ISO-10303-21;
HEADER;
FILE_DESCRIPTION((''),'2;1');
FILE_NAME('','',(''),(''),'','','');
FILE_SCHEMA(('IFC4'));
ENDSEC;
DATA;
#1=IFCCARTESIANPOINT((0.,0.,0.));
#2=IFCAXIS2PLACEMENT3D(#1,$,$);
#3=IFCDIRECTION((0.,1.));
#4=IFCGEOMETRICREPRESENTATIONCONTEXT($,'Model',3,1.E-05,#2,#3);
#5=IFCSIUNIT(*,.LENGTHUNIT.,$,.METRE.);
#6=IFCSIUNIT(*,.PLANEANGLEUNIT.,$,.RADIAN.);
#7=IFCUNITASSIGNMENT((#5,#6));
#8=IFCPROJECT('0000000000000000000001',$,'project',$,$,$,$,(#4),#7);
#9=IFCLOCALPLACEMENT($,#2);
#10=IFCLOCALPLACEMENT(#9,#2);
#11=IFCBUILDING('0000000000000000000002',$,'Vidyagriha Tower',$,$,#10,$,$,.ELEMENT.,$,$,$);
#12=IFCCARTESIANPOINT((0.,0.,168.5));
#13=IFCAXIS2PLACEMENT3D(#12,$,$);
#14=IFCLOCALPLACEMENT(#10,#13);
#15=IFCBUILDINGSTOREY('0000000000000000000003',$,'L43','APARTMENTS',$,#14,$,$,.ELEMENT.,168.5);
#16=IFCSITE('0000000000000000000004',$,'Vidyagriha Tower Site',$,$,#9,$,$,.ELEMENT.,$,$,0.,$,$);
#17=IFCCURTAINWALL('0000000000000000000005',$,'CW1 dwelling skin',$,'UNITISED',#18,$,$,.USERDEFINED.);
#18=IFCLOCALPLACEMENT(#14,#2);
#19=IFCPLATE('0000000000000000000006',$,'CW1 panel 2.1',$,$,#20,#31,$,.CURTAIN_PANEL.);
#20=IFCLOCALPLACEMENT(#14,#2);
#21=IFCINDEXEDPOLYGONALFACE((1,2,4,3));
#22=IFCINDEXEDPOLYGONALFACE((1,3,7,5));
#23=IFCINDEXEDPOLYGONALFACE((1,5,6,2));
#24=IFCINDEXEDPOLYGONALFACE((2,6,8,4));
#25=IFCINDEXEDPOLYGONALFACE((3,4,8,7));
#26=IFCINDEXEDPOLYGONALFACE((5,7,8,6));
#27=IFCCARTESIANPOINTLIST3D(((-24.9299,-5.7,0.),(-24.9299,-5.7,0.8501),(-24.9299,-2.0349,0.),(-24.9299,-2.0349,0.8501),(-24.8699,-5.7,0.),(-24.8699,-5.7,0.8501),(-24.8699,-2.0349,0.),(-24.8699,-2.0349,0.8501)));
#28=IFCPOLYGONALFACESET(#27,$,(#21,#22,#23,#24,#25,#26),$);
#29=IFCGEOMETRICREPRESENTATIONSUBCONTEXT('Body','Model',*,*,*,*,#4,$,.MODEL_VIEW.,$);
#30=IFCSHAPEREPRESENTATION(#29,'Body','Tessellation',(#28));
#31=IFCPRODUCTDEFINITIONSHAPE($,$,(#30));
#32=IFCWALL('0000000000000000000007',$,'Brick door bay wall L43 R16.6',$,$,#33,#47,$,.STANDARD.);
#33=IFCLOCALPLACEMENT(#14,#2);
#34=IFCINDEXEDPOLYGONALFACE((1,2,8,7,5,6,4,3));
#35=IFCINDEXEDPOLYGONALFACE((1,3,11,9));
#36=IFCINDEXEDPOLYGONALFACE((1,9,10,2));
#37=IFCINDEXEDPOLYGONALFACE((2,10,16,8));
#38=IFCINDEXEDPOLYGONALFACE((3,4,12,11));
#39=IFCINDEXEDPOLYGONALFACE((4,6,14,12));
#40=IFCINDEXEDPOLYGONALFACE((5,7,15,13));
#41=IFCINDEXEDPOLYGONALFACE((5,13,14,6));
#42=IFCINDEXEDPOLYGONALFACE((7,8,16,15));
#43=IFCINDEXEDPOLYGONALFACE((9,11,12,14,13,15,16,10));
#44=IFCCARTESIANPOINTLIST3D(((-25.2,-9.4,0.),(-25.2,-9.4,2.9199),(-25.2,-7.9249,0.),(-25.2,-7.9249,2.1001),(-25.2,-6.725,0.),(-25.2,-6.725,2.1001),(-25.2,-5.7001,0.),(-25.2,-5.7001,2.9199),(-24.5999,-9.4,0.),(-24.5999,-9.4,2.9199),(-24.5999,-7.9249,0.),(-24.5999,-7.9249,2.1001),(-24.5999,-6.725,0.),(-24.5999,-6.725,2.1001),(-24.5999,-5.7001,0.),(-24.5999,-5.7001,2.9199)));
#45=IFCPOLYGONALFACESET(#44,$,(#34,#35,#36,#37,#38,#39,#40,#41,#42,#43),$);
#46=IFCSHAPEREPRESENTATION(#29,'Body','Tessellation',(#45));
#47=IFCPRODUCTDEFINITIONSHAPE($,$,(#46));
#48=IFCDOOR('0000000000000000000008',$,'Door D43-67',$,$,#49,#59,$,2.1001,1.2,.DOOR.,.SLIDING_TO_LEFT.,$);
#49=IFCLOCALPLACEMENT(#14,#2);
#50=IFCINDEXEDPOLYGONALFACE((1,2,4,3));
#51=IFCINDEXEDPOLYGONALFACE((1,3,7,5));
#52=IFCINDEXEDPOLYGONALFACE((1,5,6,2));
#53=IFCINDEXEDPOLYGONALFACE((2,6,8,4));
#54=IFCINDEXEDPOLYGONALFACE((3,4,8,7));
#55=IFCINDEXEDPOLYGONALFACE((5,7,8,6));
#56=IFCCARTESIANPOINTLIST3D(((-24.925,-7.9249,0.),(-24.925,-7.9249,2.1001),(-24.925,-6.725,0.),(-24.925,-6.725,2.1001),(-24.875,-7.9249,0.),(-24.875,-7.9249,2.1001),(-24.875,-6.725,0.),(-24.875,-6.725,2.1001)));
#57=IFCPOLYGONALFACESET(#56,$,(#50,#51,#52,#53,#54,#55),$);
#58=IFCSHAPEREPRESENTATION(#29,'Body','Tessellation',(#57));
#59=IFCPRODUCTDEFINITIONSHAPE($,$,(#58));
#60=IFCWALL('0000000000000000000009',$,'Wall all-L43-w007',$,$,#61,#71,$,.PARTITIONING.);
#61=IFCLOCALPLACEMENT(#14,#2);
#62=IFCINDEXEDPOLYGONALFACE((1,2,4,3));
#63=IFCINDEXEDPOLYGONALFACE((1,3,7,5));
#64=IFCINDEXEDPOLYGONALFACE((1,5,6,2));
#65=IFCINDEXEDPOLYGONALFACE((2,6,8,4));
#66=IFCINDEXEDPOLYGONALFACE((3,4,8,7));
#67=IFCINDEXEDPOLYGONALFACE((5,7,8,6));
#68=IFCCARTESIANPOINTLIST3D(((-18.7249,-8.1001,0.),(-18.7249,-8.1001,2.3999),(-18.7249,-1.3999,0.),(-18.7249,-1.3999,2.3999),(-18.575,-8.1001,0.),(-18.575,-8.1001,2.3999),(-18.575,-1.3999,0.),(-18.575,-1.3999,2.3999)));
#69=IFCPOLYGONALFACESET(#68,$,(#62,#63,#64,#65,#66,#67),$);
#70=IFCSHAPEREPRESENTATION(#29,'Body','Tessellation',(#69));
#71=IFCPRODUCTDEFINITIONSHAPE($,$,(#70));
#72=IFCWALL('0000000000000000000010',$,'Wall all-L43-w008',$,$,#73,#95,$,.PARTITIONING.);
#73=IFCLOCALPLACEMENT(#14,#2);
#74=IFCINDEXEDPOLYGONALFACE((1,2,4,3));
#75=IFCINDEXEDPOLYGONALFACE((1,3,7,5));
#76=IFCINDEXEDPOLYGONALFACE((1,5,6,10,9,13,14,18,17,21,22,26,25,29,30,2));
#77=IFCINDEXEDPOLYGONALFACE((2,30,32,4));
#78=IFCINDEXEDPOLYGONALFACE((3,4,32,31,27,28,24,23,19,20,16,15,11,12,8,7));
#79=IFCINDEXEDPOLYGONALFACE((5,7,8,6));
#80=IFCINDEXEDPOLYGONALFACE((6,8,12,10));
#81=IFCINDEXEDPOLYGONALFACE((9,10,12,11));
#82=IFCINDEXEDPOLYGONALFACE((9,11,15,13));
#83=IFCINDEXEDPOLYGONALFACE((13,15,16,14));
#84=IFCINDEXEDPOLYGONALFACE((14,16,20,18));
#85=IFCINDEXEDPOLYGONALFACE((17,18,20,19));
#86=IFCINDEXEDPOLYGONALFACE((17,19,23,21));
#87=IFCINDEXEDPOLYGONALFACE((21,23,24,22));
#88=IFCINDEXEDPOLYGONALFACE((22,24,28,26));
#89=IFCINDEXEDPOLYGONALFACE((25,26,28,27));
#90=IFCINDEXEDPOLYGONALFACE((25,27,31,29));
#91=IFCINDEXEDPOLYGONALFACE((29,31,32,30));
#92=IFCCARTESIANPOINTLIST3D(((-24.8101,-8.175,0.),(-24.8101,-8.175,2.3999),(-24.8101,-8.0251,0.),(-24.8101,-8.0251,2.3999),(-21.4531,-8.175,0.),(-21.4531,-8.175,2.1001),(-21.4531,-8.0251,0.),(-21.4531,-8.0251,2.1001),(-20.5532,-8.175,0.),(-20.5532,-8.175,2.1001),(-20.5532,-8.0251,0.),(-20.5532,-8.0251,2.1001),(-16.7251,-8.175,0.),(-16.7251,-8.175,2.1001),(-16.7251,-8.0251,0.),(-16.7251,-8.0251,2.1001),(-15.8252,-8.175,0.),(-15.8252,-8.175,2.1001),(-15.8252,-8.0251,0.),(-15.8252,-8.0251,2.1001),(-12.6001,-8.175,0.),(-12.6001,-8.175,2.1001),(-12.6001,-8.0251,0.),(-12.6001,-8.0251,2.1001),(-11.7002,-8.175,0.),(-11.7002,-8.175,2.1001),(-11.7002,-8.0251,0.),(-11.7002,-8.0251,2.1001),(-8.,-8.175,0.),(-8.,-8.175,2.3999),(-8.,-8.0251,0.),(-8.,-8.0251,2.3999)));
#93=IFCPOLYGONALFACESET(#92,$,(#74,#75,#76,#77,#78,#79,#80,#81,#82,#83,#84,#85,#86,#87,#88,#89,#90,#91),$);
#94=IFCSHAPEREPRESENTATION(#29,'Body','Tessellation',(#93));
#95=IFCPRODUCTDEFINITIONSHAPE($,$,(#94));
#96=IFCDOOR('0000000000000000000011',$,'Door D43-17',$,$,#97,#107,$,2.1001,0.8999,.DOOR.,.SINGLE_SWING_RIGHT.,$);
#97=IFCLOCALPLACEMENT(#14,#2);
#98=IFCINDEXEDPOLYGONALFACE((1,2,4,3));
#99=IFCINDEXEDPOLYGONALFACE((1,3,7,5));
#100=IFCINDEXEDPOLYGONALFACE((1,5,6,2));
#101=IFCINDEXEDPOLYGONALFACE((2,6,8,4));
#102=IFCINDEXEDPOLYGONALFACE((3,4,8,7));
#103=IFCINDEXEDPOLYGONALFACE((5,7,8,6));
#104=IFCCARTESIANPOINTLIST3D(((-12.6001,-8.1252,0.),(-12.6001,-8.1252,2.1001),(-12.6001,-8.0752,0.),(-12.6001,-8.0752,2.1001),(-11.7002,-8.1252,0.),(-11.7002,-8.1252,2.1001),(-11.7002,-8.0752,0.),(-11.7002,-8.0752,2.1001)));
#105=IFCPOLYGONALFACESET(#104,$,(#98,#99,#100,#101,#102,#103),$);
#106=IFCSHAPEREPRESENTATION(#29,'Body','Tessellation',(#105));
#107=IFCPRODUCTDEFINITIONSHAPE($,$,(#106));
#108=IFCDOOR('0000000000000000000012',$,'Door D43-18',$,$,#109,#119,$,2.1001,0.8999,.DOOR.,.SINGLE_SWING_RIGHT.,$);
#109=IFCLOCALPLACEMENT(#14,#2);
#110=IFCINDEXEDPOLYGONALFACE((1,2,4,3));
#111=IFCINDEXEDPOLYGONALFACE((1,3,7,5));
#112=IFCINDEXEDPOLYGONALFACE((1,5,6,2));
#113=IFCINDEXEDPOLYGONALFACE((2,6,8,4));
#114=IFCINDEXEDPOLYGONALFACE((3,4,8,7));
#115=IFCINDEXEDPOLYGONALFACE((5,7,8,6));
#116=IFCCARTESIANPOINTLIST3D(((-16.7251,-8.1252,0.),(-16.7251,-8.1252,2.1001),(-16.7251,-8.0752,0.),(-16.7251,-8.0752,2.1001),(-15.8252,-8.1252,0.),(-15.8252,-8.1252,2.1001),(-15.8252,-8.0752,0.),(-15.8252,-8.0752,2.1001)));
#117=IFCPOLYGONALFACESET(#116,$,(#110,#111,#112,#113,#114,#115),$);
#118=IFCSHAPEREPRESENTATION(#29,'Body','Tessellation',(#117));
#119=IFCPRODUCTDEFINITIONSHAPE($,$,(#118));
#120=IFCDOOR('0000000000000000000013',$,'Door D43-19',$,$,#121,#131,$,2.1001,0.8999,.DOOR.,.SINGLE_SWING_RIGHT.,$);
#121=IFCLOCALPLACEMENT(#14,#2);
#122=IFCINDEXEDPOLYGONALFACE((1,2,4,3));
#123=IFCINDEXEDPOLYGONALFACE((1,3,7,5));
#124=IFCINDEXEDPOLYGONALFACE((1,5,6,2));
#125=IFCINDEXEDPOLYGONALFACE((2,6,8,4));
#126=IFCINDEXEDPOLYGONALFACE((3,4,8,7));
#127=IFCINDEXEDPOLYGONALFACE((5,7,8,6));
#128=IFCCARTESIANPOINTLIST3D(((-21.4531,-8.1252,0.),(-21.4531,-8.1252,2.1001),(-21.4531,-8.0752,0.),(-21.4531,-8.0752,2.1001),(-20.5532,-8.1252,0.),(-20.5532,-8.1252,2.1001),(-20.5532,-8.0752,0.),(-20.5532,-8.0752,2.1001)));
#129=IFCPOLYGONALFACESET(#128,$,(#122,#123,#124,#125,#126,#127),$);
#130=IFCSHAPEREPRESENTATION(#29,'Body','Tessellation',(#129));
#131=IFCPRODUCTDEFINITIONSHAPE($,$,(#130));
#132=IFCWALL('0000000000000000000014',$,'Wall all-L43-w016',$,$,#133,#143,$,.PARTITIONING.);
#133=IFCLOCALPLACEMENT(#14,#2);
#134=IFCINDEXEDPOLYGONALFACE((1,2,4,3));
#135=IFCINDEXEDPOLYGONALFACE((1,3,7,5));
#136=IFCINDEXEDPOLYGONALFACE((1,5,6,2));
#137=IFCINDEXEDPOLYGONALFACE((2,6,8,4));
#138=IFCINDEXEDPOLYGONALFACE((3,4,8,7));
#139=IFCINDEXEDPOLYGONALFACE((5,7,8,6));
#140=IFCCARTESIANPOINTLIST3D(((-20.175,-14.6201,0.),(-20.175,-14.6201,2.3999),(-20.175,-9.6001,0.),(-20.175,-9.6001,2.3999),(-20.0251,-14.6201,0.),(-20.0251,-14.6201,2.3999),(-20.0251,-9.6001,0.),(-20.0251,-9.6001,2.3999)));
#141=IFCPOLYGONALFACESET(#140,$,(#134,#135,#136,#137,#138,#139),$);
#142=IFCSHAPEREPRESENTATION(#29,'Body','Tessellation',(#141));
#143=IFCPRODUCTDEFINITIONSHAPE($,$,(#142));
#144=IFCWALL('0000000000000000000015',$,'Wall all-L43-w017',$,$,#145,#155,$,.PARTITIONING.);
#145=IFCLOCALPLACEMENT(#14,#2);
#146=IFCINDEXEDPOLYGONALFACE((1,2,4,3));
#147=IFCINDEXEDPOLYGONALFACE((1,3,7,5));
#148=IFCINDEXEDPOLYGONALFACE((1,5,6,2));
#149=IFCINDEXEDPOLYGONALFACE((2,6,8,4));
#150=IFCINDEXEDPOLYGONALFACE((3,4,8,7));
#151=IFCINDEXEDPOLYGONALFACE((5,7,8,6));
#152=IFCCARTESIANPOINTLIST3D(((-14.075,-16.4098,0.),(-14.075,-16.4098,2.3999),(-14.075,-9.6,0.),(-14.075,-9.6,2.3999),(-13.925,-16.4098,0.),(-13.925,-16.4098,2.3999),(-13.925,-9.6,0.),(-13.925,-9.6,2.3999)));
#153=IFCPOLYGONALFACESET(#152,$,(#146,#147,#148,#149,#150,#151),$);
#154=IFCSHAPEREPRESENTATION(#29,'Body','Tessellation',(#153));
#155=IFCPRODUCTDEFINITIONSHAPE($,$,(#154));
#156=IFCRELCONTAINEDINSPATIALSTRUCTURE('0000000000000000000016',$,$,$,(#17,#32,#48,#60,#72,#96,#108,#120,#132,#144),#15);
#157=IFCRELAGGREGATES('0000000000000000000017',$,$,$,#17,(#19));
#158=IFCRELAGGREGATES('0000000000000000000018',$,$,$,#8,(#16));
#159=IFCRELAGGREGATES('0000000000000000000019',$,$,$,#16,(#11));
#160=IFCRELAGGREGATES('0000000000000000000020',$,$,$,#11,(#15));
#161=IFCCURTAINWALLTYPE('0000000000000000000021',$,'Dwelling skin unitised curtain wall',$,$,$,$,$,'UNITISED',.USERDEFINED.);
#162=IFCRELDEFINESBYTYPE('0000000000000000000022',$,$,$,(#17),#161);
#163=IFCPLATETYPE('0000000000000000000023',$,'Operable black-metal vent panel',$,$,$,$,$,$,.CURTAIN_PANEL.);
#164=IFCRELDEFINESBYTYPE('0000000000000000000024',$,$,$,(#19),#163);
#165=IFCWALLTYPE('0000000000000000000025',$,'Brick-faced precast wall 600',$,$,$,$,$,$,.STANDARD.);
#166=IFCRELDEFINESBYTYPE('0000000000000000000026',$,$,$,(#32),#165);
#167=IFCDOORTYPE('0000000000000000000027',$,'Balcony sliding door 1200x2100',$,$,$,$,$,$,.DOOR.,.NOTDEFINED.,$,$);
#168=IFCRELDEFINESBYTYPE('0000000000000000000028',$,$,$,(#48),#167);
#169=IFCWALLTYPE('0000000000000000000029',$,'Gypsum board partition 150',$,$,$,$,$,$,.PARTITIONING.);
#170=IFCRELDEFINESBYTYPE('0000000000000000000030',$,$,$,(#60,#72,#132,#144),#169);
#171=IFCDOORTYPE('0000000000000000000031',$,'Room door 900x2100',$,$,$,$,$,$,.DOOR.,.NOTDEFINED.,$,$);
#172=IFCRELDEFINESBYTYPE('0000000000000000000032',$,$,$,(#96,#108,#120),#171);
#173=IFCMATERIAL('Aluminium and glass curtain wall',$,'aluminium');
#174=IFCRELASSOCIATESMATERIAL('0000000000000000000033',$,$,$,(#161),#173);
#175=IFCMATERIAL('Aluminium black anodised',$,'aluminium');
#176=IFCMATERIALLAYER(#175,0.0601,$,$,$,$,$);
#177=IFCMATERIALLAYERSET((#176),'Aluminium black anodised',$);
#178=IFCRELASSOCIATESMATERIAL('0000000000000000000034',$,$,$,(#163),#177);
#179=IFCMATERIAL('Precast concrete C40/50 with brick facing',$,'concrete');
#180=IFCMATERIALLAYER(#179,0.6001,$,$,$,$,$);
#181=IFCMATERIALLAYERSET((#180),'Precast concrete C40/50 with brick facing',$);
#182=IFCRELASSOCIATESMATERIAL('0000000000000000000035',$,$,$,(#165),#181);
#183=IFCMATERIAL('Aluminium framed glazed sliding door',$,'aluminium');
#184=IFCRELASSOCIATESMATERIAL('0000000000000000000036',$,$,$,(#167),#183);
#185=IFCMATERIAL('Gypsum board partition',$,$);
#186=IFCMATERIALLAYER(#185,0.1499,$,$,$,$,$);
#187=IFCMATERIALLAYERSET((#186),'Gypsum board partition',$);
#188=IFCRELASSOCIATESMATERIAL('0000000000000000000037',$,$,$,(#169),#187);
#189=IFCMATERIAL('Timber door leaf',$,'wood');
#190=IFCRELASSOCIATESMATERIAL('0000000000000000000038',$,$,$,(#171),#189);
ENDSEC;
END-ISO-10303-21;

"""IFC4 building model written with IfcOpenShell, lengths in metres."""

from ifc_helpers import new_model, si_unit, direction, frame, frame_2d, origin, origin_2d, place, context, subcontext, project, spatial, rectangle, extrude, material, layer, layer_set, type_object, element, fill, aggregate, save


model = new_model("IFC4")

# Units and contexts
model_context = context("Model", 3, precision=1e-05, world=origin(), true_north=direction((0.0, 1.0)))
body_context = subcontext(model_context, "Body", "Model", "MODEL_VIEW")
ifc_project = project(units=[si_unit("LENGTHUNIT", "METRE"), si_unit("PLANEANGLEUNIT", "RADIAN")], contexts=[model_context])

# Site, building, storey
site_placement = place(None, origin())
site = spatial("IfcSite", under=ifc_project, at=site_placement, Name="Vidyagriha Tower Site", CompositionType="ELEMENT", RefElevation=0.0)
building_placement = place(site_placement, origin())
building = spatial("IfcBuilding", under=site, at=building_placement, Name="Vidyagriha Tower", CompositionType="ELEMENT")
storey_placement = place(building_placement, frame((0.0, 0.0, 168.5)))
storey = spatial("IfcBuildingStorey", under=building, at=storey_placement, Name="L43", Description="APARTMENTS", CompositionType="ELEMENT", Elevation=168.5)

# Curtain wall
ifc_material_1 = material(Name="Aluminium and glass curtain wall", Category="aluminium")
curtain_wall_type = type_object("IfcCurtainWallType", Name="Dwelling skin unitised curtain wall", ElementType="UNITISED", PredefinedType="USERDEFINED", material=ifc_material_1)
curtain_wall_1_placement = place(storey_placement, origin())
curtain_wall_1 = element("IfcCurtainWall", 1, at=curtain_wall_1_placement, inside=storey, type_object=curtain_wall_type, Name="CW1 dwelling skin", ObjectType="UNITISED", PredefinedType="USERDEFINED")

# Plate
ifc_material_2 = material(Name="Aluminium black anodised", Category="aluminium")
ifc_layer_1 = layer(ifc_material_2, 0.0601)
ifc_layer_set_1 = layer_set([ifc_layer_1], Name="Aluminium black anodised")
plate_type_1 = type_object("IfcPlateType", Name="Operable black-metal vent panel", PredefinedType="CURTAIN_PANEL", material=ifc_layer_set_1)
plate_1_placement = place(storey_placement, frame((-24.8999, -3.8674, 0.0), z_axis=(0.0, 0.0, 1.0), x_axis=(0.0, -1.0, 0.0)))
plate_1 = element("IfcPlate", 2, at=plate_1_placement, type_object=plate_type_1, Name="CW1 panel 2.1", PredefinedType="CURTAIN_PANEL", context=body_context, shape_type="SweptSolid", body=[
    extrude(rectangle(XDim=3.665, YDim=0.0601, at=origin_2d()), origin(), (0.0, 0.0, 1.0), 0.8501),
])
aggregate(curtain_wall_1, [plate_1])

# Wall, opening, door
ifc_material_3 = material(Name="Precast concrete C40/50 with brick facing", Category="concrete")
ifc_layer_2 = layer(ifc_material_3, 0.6001)
ifc_layer_set_2 = layer_set([ifc_layer_2], Name="Precast concrete C40/50 with brick facing")
wall_type_1 = type_object("IfcWallType", Name="Brick-faced precast wall 600", PredefinedType="STANDARD", material=ifc_layer_set_2)
wall_1_placement = place(storey_placement, frame((-24.8999, -5.7, 0.0), z_axis=(0.0, 0.0, 1.0), x_axis=(0.0, -1.0, 0.0)))
wall_1 = element("IfcWall", 3, at=wall_1_placement, inside=storey, type_object=wall_type_1, Name="Brick door bay wall L43 R16.6", PredefinedType="STANDARD", context=body_context, shape_type="SweptSolid", body=[
    extrude(rectangle(XDim=3.7, YDim=0.6001, at=frame_2d((1.8501, 0.0))), origin(), (0.0, 0.0, 1.0), 2.9199),
])
opening_1_placement = place(wall_1_placement, frame((1.0249, 0.0, 0.0)))
opening_1 = element("IfcOpeningElement", 4, at=opening_1_placement, cuts=wall_1, PredefinedType="OPENING", context=body_context, shape_type="SweptSolid", body=[
    extrude(rectangle(XDim=1.2, YDim=2.1001, at=frame_2d((0.6001, 1.05))), frame((0.0, 0.3101, 0.0), z_axis=(0.0, -1.0, 0.0), x_axis=(1.0, 0.0, 0.0)), (0.0, 0.0, 1.0), 0.6201),
])
ifc_material_4 = material(Name="Aluminium framed glazed sliding door", Category="aluminium")
door_type_1 = type_object("IfcDoorType", Name="Balcony sliding door 1200x2100", OperationType="NOTDEFINED", PredefinedType="DOOR", material=ifc_material_4)
door_1_placement = place(opening_1_placement, origin())
door_1 = element("IfcDoor", 5, at=door_1_placement, inside=storey, type_object=door_type_1, Name="Door D43-67", OperationType="SLIDING_TO_LEFT", OverallHeight=2.1001, OverallWidth=1.2, PredefinedType="DOOR", context=body_context, shape_type="SweptSolid", body=[
    extrude(rectangle(XDim=1.2, YDim=2.1001, at=frame_2d((0.6001, 1.05))), frame((0.0, 0.0249, 0.0), z_axis=(0.0, -1.0, 0.0), x_axis=(1.0, 0.0, 0.0)), (0.0, 0.0, 1.0), 0.05),
])
fill(opening_1, door_1)

# Wall
ifc_material_5 = material(Name="Gypsum board partition")
ifc_layer_3 = layer(ifc_material_5, 0.1499)
ifc_layer_set_3 = layer_set([ifc_layer_3], Name="Gypsum board partition")
wall_type_2 = type_object("IfcWallType", Name="Gypsum board partition 150", PredefinedType="PARTITIONING", material=ifc_layer_set_3)
wall_2_placement = place(storey_placement, frame((-18.6499, -8.1001, 0.0), z_axis=(0.0, 0.0, 1.0), x_axis=(0.0, 1.0, 0.0)))
element("IfcWall", 6, at=wall_2_placement, inside=storey, type_object=wall_type_2, Name="Wall all-L43-w007", PredefinedType="PARTITIONING", context=body_context, shape_type="SweptSolid", body=[
    extrude(rectangle(XDim=6.7002, YDim=0.1499, at=frame_2d((3.3501, 0.0))), origin(), (0.0, 0.0, 1.0), 2.3999),
])

# Wall, openings, doors
wall_3_placement = place(storey_placement, frame((-24.8101, -8.1001, 0.0)))
wall_3 = element("IfcWall", 7, at=wall_3_placement, inside=storey, type_object=wall_type_2, Name="Wall all-L43-w008", PredefinedType="PARTITIONING", context=body_context, shape_type="SweptSolid", body=[
    extrude(rectangle(XDim=16.8101, YDim=0.1499, at=frame_2d((8.405, 0.0))), origin(), (0.0, 0.0, 1.0), 2.3999),
])
opening_2_placement = place(wall_3_placement, frame((12.21, 0.0, 0.0)))
opening_2 = element("IfcOpeningElement", 8, at=opening_2_placement, cuts=wall_3, PredefinedType="OPENING", context=body_context, shape_type="SweptSolid", body=[
    extrude(rectangle(XDim=0.8999, YDim=2.1001, at=frame_2d((0.45, 1.05))), frame((0.0, 0.085, 0.0), z_axis=(0.0, -1.0, 0.0), x_axis=(1.0, 0.0, 0.0)), (0.0, 0.0, 1.0), 0.1699),
])
opening_3_placement = place(wall_3_placement, frame((8.085, 0.0, 0.0)))
opening_3 = element("IfcOpeningElement", 9, at=opening_3_placement, cuts=wall_3, PredefinedType="OPENING", context=body_context, shape_type="SweptSolid", body=[
    extrude(rectangle(XDim=0.8999, YDim=2.1001, at=frame_2d((0.45, 1.05))), frame((0.0, 0.085, 0.0), z_axis=(0.0, -1.0, 0.0), x_axis=(1.0, 0.0, 0.0)), (0.0, 0.0, 1.0), 0.1699),
])
opening_4_placement = place(wall_3_placement, frame((3.3569, 0.0, 0.0)))
opening_4 = element("IfcOpeningElement", 10, at=opening_4_placement, cuts=wall_3, PredefinedType="OPENING", context=body_context, shape_type="SweptSolid", body=[
    extrude(rectangle(XDim=0.8999, YDim=2.1001, at=frame_2d((0.45, 1.05))), frame((0.0, 0.085, 0.0), z_axis=(0.0, -1.0, 0.0), x_axis=(1.0, 0.0, 0.0)), (0.0, 0.0, 1.0), 0.1699),
])
ifc_material_6 = material(Name="Timber door leaf", Category="wood")
door_type_2 = type_object("IfcDoorType", Name="Room door 900x2100", OperationType="NOTDEFINED", PredefinedType="DOOR", material=ifc_material_6)
door_2_placement = place(opening_2_placement, origin())
door_2 = element("IfcDoor", 11, at=door_2_placement, inside=storey, type_object=door_type_2, Name="Door D43-17", OperationType="SINGLE_SWING_RIGHT", OverallHeight=2.1001, OverallWidth=0.8999, PredefinedType="DOOR", context=body_context, shape_type="SweptSolid", body=[
    extrude(rectangle(XDim=0.8999, YDim=2.1001, at=frame_2d((0.45, 1.05))), frame((0.0, 0.0249, 0.0), z_axis=(0.0, -1.0, 0.0), x_axis=(1.0, 0.0, 0.0)), (0.0, 0.0, 1.0), 0.05),
])
fill(opening_2, door_2)
door_3_placement = place(opening_3_placement, origin())
door_3 = element("IfcDoor", 12, at=door_3_placement, inside=storey, type_object=door_type_2, Name="Door D43-18", OperationType="SINGLE_SWING_RIGHT", OverallHeight=2.1001, OverallWidth=0.8999, PredefinedType="DOOR", context=body_context, shape_type="SweptSolid", body=[
    extrude(rectangle(XDim=0.8999, YDim=2.1001, at=frame_2d((0.45, 1.05))), frame((0.0, 0.0249, 0.0), z_axis=(0.0, -1.0, 0.0), x_axis=(1.0, 0.0, 0.0)), (0.0, 0.0, 1.0), 0.05),
])
fill(opening_3, door_3)
door_4_placement = place(opening_4_placement, origin())
door_4 = element("IfcDoor", 13, at=door_4_placement, inside=storey, type_object=door_type_2, Name="Door D43-19", OperationType="SINGLE_SWING_RIGHT", OverallHeight=2.1001, OverallWidth=0.8999, PredefinedType="DOOR", context=body_context, shape_type="SweptSolid", body=[
    extrude(rectangle(XDim=0.8999, YDim=2.1001, at=frame_2d((0.45, 1.05))), frame((0.0, 0.0249, 0.0), z_axis=(0.0, -1.0, 0.0), x_axis=(1.0, 0.0, 0.0)), (0.0, 0.0, 1.0), 0.05),
])
fill(opening_4, door_4)

# Walls
wall_4_placement = place(storey_placement, frame((-20.1001, -9.6001, 0.0), z_axis=(0.0, 0.0, 1.0), x_axis=(0.0, -1.0, 0.0)))
element("IfcWall", 14, at=wall_4_placement, inside=storey, type_object=wall_type_2, Name="Wall all-L43-w016", PredefinedType="PARTITIONING", context=body_context, shape_type="SweptSolid", body=[
    extrude(rectangle(XDim=5.02, YDim=0.1499, at=frame_2d((2.51, 0.0))), origin(), (0.0, 0.0, 1.0), 2.3999),
])
wall_5_placement = place(storey_placement, frame((-14.0, -9.6001, 0.0), z_axis=(0.0, 0.0, 1.0), x_axis=(0.0, -1.0, 0.0)))
element("IfcWall", 15, at=wall_5_placement, inside=storey, type_object=wall_type_2, Name="Wall all-L43-w017", PredefinedType="PARTITIONING", context=body_context, shape_type="SweptSolid", body=[
    extrude(rectangle(XDim=6.8098, YDim=0.1499, at=frame_2d((3.4048, 0.0))), origin(), (0.0, 0.0, 1.0), 2.3999),
])

save(model, "model.ifc")
